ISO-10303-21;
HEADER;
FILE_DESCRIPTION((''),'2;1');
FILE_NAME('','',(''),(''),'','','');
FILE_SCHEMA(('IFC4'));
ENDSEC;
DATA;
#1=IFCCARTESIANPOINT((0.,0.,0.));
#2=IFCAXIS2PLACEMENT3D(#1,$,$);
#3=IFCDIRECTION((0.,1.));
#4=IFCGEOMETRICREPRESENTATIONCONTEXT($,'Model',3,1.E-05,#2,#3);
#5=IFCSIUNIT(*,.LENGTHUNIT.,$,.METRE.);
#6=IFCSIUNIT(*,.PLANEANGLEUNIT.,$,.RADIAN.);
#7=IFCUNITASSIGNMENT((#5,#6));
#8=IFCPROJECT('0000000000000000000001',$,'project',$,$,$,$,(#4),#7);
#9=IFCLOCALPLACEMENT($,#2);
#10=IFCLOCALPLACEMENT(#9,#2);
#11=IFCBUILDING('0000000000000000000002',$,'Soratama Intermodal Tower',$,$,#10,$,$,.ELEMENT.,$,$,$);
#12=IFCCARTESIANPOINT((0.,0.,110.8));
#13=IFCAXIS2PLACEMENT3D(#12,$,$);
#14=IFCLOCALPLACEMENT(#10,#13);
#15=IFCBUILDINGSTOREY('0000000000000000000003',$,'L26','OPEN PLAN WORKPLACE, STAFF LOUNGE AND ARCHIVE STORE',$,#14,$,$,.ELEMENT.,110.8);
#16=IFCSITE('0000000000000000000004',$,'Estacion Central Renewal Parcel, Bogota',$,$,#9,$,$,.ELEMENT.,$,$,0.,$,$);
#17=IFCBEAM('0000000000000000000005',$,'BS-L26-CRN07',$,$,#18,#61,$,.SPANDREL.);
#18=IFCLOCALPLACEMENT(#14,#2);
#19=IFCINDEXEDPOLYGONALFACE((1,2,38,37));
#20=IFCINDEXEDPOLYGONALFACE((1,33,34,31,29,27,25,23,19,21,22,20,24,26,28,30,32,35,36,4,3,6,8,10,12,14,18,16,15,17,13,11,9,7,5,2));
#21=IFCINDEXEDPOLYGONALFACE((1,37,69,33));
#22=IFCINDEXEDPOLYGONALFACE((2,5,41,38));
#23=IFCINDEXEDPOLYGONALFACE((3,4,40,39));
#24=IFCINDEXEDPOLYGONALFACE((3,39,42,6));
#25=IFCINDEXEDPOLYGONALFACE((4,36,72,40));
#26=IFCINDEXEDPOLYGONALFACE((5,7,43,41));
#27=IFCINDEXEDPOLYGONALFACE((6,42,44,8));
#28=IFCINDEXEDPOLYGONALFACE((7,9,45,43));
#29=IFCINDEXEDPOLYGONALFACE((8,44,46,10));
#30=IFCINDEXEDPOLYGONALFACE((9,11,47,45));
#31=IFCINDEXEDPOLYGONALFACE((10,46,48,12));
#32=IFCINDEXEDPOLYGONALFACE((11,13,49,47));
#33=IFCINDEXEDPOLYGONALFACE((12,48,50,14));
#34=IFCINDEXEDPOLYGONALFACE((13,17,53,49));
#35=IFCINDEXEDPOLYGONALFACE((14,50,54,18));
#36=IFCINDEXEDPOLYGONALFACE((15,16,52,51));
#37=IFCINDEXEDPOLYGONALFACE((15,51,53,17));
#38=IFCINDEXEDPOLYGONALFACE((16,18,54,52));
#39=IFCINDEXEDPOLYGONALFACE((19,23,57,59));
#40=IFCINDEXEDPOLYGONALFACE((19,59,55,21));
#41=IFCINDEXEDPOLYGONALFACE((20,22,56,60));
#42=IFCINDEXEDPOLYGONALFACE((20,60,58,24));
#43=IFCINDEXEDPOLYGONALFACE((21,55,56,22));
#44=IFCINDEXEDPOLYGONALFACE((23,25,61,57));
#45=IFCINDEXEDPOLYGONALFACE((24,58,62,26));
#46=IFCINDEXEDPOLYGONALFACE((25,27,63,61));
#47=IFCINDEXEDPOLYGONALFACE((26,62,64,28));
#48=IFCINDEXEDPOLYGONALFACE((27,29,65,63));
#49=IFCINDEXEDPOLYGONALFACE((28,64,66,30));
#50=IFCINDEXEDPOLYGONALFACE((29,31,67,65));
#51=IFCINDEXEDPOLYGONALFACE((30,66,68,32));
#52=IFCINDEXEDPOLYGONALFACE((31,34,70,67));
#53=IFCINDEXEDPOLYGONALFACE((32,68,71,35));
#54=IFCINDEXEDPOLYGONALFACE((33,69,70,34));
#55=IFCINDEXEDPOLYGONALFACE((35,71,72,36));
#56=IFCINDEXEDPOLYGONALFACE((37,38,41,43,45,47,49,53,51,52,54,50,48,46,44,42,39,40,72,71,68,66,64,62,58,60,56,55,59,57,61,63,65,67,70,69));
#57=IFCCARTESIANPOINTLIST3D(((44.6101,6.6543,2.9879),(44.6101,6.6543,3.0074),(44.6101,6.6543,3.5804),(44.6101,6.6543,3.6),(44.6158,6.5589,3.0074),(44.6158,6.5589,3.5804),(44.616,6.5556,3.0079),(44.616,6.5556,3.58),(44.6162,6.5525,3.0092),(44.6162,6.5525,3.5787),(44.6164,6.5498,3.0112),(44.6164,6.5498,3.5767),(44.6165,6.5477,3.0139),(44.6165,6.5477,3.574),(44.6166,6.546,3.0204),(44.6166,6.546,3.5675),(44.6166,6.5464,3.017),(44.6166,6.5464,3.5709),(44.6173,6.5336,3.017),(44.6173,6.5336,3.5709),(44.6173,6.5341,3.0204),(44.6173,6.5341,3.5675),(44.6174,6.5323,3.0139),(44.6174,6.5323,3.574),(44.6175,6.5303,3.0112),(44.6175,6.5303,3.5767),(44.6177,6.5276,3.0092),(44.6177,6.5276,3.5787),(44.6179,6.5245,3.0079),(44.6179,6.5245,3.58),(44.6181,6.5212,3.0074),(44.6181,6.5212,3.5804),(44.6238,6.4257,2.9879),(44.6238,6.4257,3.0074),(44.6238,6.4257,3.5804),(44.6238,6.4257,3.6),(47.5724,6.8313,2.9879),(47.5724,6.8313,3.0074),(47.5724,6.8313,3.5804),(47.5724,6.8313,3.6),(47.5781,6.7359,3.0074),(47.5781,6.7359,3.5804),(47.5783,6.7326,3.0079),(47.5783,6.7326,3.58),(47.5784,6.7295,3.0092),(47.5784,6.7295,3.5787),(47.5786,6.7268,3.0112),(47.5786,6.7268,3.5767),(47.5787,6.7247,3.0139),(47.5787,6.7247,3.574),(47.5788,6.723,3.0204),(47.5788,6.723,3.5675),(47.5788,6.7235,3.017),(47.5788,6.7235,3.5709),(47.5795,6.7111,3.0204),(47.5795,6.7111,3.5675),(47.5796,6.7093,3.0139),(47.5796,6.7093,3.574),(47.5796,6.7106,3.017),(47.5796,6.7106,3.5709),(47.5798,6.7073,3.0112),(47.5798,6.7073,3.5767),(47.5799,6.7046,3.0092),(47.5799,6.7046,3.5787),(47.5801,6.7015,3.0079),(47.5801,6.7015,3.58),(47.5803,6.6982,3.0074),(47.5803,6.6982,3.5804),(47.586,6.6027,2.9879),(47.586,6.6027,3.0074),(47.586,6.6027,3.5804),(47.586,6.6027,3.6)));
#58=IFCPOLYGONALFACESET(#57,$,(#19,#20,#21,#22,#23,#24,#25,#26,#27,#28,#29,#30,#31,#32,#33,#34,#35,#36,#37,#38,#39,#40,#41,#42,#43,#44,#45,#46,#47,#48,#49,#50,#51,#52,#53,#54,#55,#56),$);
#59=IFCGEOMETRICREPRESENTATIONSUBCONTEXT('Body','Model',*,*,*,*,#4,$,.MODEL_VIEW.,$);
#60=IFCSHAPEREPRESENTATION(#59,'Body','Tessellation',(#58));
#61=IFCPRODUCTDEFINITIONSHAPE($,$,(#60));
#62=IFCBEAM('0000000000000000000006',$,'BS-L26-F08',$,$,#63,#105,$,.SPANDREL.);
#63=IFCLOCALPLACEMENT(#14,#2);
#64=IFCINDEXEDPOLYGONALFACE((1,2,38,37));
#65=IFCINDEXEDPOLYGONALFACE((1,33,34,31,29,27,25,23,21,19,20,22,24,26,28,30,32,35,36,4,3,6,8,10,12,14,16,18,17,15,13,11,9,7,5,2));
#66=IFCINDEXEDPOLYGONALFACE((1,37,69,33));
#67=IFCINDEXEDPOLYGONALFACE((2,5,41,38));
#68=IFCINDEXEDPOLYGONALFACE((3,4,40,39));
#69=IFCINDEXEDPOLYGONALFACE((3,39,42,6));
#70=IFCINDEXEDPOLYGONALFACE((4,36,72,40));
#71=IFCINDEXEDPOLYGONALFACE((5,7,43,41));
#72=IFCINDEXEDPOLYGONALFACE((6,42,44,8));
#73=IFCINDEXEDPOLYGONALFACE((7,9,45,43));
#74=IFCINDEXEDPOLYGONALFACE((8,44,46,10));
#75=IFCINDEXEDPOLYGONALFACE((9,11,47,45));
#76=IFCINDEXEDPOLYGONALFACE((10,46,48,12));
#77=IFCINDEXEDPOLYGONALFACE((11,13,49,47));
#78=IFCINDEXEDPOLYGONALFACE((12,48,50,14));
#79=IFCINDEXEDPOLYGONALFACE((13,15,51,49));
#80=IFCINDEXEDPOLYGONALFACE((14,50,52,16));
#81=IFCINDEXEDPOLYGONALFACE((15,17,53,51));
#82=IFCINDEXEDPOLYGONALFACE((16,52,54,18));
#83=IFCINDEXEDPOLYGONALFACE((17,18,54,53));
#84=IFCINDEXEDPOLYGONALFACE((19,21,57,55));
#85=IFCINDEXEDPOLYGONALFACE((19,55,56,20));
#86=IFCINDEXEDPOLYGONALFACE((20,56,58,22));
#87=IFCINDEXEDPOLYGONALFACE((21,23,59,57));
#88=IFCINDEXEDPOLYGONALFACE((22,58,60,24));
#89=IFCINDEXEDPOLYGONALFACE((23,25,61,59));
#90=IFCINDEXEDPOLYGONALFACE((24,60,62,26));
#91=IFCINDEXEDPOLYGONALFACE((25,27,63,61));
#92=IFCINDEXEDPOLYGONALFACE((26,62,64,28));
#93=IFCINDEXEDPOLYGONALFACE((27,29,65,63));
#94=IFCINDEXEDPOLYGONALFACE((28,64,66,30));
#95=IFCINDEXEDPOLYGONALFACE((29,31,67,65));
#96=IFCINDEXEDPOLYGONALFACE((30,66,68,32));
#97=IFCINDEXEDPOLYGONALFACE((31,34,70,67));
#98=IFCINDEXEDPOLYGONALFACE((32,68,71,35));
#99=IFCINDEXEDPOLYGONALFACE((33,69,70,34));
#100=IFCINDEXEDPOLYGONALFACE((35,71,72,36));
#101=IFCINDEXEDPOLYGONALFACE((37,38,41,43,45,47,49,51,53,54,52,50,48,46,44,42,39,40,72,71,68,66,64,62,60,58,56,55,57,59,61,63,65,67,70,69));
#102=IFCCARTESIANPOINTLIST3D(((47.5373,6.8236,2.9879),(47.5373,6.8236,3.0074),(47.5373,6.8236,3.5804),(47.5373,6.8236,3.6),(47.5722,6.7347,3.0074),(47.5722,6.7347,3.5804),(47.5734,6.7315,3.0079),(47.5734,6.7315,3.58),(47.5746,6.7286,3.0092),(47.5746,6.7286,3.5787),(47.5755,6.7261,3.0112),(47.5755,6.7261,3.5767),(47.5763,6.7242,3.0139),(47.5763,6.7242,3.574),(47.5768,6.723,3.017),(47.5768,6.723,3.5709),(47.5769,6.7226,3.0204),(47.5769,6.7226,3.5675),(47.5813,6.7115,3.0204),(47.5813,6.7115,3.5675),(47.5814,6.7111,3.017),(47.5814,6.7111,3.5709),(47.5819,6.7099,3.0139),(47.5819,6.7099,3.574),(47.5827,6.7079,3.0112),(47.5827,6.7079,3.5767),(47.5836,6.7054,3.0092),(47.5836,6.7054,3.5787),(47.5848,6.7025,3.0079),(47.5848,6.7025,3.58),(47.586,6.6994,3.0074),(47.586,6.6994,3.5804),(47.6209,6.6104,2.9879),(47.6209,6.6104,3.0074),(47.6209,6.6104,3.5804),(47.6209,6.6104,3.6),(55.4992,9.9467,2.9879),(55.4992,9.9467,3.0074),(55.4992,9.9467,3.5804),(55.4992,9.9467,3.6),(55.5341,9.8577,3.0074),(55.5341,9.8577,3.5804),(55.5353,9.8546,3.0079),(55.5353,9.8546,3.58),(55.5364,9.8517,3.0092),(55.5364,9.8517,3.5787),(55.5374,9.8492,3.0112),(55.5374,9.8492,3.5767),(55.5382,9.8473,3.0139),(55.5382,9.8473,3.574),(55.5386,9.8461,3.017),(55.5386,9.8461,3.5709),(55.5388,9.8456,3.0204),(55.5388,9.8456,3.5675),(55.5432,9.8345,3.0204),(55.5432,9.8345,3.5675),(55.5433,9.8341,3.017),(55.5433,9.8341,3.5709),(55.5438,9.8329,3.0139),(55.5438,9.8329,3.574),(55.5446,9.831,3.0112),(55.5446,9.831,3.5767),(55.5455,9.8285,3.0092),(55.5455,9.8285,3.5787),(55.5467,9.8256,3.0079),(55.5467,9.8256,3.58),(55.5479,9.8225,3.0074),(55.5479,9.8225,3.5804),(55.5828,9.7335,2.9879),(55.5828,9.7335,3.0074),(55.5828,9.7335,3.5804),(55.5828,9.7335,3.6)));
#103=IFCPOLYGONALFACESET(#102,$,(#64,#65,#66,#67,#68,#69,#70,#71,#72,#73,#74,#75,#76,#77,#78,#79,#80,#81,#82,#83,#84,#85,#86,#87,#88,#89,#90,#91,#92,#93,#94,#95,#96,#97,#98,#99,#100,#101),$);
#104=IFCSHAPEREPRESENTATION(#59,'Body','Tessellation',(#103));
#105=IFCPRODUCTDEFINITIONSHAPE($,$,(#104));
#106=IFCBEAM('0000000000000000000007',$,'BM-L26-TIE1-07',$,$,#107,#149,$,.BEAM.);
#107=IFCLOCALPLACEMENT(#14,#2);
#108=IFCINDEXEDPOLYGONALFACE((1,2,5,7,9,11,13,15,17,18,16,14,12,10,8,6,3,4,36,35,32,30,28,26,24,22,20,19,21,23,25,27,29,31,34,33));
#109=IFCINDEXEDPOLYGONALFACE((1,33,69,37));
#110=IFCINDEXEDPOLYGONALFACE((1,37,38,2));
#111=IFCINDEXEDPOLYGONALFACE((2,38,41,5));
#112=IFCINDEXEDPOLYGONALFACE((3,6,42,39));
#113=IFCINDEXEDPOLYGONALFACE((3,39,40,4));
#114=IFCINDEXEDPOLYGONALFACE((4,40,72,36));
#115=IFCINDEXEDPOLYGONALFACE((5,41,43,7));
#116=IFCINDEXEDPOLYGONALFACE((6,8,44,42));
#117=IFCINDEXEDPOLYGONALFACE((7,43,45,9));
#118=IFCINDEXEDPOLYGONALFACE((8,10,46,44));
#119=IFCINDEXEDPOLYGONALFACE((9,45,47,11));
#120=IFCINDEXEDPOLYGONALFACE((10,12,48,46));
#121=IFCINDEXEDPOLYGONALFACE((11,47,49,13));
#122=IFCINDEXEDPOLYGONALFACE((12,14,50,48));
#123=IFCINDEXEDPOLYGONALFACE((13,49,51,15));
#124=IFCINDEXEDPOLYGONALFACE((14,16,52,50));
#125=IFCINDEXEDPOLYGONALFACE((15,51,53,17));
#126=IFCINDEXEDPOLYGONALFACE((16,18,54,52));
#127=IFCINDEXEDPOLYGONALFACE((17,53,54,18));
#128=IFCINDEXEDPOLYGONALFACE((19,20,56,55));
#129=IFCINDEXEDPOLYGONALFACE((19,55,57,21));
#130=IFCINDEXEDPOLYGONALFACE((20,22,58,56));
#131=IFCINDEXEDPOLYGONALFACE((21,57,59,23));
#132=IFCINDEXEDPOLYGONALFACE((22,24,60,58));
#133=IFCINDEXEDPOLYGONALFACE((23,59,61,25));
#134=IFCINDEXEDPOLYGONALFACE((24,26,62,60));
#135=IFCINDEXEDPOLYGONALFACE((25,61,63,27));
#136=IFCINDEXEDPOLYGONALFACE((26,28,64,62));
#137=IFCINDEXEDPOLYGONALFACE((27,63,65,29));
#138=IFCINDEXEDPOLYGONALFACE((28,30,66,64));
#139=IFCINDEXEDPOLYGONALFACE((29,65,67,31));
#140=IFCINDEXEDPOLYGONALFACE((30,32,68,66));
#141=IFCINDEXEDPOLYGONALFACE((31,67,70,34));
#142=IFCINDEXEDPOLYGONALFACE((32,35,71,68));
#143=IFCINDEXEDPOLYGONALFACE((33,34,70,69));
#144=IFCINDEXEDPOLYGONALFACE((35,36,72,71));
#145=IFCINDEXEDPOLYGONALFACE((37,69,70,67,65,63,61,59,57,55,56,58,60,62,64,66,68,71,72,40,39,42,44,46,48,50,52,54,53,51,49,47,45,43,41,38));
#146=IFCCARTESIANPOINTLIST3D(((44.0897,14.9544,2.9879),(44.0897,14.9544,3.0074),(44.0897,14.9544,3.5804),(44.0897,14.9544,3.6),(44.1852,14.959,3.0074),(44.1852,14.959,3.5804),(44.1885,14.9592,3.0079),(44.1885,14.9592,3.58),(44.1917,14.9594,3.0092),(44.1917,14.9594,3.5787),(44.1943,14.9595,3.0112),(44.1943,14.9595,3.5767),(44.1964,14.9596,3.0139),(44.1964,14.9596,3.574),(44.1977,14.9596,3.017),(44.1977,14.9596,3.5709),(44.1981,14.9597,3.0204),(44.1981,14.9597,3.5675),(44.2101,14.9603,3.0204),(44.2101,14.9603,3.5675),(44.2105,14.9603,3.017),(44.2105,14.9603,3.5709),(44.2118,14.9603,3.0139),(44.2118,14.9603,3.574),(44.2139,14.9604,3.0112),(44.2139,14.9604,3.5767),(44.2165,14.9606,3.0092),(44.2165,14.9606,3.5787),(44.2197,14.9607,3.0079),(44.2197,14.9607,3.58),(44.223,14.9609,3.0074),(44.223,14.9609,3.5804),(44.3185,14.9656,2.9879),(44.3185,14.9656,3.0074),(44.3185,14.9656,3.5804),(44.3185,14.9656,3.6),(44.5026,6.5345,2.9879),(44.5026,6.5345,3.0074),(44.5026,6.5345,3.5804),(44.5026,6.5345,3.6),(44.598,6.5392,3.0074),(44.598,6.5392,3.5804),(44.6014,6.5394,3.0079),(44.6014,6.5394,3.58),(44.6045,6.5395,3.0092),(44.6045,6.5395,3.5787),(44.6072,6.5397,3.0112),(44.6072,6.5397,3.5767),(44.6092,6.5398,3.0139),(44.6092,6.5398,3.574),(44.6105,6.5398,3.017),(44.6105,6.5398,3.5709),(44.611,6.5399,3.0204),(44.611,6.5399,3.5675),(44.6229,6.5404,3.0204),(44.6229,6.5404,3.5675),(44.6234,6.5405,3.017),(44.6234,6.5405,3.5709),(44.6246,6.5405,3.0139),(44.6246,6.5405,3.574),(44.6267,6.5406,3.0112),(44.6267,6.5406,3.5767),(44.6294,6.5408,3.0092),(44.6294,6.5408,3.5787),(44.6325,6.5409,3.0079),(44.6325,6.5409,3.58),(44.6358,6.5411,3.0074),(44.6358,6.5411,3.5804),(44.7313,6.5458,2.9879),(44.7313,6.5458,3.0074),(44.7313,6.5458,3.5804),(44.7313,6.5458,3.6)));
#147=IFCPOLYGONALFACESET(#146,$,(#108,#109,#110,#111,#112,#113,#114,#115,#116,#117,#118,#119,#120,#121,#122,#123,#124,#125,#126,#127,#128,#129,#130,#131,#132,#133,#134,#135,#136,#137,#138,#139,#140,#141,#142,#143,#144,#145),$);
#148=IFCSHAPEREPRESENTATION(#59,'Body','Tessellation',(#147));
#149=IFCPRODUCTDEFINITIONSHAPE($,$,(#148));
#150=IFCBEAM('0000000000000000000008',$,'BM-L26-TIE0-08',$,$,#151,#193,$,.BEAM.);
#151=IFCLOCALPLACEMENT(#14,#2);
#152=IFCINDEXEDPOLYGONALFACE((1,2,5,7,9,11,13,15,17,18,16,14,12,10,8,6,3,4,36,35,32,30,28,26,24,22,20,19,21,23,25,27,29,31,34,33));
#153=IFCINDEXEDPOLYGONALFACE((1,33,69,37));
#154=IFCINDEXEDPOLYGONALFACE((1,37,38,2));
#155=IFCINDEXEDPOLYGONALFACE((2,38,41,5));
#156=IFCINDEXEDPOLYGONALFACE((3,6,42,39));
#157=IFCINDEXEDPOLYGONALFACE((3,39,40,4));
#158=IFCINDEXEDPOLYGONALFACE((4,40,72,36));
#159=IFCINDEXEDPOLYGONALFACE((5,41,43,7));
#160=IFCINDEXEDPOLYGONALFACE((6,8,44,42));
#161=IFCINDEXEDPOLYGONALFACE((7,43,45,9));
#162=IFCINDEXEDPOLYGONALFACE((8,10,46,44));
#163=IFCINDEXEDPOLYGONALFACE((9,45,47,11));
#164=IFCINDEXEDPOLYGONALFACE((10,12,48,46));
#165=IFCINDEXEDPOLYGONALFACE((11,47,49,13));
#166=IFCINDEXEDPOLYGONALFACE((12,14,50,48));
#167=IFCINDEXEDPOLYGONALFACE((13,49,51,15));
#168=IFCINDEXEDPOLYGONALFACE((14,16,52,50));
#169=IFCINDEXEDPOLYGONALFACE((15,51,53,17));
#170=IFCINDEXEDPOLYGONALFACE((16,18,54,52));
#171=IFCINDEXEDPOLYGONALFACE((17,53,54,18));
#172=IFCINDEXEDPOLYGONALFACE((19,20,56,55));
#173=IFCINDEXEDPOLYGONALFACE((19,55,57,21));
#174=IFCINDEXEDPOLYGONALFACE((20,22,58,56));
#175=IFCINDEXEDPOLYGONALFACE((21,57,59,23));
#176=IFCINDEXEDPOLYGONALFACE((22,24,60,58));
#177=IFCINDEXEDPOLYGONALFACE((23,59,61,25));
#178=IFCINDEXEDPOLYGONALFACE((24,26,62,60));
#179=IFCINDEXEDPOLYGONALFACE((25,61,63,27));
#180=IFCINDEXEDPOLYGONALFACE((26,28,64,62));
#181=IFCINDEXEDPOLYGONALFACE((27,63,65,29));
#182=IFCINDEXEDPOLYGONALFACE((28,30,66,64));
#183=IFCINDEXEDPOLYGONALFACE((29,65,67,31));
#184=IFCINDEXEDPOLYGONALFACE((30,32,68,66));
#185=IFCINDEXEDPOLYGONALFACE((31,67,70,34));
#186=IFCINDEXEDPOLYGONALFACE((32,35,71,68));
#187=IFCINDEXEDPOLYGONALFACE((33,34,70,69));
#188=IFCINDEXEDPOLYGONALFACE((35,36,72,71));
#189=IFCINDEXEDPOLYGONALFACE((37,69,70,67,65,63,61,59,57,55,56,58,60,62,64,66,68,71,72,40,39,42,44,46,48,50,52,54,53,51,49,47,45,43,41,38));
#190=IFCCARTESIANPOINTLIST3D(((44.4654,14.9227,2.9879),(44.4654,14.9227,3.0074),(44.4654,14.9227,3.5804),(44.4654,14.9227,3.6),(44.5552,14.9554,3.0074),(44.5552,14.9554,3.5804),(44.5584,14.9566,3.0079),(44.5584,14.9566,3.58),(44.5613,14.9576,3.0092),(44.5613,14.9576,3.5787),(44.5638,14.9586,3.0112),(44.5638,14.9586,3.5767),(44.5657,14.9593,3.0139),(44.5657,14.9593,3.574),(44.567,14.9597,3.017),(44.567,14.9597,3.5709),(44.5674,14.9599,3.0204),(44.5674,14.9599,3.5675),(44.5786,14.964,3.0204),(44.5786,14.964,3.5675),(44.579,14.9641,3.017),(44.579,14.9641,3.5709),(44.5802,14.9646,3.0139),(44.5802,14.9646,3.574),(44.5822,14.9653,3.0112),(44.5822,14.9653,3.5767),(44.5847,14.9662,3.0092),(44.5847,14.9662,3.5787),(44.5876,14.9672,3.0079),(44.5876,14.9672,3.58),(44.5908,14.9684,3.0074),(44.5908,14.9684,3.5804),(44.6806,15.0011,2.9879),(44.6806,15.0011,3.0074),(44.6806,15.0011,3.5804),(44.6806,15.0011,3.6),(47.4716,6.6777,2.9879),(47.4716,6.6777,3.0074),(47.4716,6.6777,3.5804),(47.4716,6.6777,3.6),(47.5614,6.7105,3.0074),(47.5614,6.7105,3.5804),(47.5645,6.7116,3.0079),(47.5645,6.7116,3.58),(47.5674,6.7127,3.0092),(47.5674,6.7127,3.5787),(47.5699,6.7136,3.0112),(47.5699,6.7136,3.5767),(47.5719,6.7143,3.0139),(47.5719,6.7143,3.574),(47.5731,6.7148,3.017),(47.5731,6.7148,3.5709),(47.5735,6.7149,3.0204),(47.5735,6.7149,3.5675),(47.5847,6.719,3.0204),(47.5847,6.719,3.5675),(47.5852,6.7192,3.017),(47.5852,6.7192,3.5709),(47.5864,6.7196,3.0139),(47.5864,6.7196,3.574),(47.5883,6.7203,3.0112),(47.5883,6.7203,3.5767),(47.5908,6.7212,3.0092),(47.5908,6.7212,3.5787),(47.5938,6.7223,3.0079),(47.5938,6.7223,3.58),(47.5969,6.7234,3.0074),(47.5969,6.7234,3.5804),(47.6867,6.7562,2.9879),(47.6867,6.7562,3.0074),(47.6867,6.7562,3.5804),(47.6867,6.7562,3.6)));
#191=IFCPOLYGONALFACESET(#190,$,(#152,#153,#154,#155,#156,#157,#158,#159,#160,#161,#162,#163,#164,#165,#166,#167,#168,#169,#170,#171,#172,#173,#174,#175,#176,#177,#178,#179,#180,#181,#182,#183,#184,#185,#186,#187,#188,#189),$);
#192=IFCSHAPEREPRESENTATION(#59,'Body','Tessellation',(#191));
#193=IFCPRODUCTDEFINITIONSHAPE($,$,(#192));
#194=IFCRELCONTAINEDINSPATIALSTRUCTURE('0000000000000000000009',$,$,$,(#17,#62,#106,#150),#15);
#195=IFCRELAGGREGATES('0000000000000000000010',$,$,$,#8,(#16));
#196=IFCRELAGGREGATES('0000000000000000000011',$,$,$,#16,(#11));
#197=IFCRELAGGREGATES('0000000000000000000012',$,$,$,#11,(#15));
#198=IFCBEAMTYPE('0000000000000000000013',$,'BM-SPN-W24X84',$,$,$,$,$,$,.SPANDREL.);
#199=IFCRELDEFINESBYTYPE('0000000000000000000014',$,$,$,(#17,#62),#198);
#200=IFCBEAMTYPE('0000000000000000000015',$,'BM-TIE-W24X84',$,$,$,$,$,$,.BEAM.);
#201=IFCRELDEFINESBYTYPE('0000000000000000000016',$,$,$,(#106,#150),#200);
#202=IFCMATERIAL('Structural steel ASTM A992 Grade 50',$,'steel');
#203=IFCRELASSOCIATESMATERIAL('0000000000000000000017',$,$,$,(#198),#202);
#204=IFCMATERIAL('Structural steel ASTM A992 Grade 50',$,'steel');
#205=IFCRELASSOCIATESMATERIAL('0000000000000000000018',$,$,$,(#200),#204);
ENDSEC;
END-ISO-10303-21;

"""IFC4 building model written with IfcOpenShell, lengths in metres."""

from ifc_helpers import new_model, si_unit, direction, frame, origin, origin_2d, place, context, subcontext, project, spatial, i_section, extrude, material, material_profile, profile_set, type_object, element, save


model = new_model("IFC4")

# Units and contexts
model_context = context("Model", 3, precision=1e-05, world=origin(), true_north=direction((0.0, 1.0)))
body_context = subcontext(model_context, "Body", "Model", "MODEL_VIEW")
ifc_project = project(units=[si_unit("LENGTHUNIT", "METRE"), si_unit("PLANEANGLEUNIT", "RADIAN")], contexts=[model_context])

# Site, building, storey
site_placement = place(None, origin())
site = spatial("IfcSite", under=ifc_project, at=site_placement, Name="Estacion Central Renewal Parcel, Bogota", CompositionType="ELEMENT", RefElevation=0.0)
building_placement = place(site_placement, origin())
building = spatial("IfcBuilding", under=site, at=building_placement, Name="Soratama Intermodal Tower", CompositionType="ELEMENT")
storey_placement = place(building_placement, frame((0.0, 0.0, 110.8)))
storey = spatial("IfcBuildingStorey", under=building, at=storey_placement, Name="L26", Description="OPEN PLAN WORKPLACE, STAFF LOUNGE AND ARCHIVE STORE", CompositionType="ELEMENT", Elevation=110.8)

# Beams
ifc_material_1 = material(Name="Structural steel ASTM A992 Grade 50", Category="steel")
ifc_material_profile_1 = material_profile(ifc_material_1, i_section(OverallWidth=0.229, OverallDepth=0.6121, WebThickness=0.012, FlangeThickness=0.0195, FilletRadius=0.0129, at=origin_2d()), Name="W24X84")
ifc_profile_set_1 = profile_set([ifc_material_profile_1], Name="Structural steel ASTM A992 Grade 50")
beam_type_1 = type_object("IfcBeamType", Name="BM-SPN-W24X84", PredefinedType="SPANDREL", material=ifc_profile_set_1)
beam_1_placement = place(storey_placement, frame((44.6169, 6.54, 3.2939), z_axis=(0.998219, 0.059648, 0.0), x_axis=(-0.059648, 0.998219, 0.0)))
element("IfcBeam", 1, at=beam_1_placement, inside=storey, type_object=beam_type_1, Name="BS-L26-CRN07", PredefinedType="SPANDREL", context=body_context, shape_type="SweptSolid", body=[
    extrude(i_section(OverallWidth=0.229, OverallDepth=0.6121, WebThickness=0.012, FlangeThickness=0.0195, FilletRadius=0.0129, at=origin_2d()), origin(), (0.0, 0.0, 1.0), 2.9675),
])
beam_2_placement = place(storey_placement, frame((47.5791, 6.717, 3.2939), z_axis=(0.930944, 0.365161, 0.0), x_axis=(-0.365161, 0.930944, 0.0)))
element("IfcBeam", 2, at=beam_2_placement, inside=storey, type_object=beam_type_1, Name="BS-L26-F08", PredefinedType="SPANDREL", context=body_context, shape_type="SweptSolid", body=[
    extrude(i_section(OverallWidth=0.229, OverallDepth=0.6121, WebThickness=0.012, FlangeThickness=0.0195, FilletRadius=0.0129, at=origin_2d()), origin(), (0.0, 0.0, 1.0), 8.5525),
])
ifc_material_2 = material(Name="Structural steel ASTM A992 Grade 50", Category="steel")
ifc_material_profile_2 = material_profile(ifc_material_2, i_section(OverallWidth=0.229, OverallDepth=0.6121, WebThickness=0.012, FlangeThickness=0.0195, FilletRadius=0.0129, at=origin_2d()), Name="W24X84")
ifc_profile_set_2 = profile_set([ifc_material_profile_2], Name="Structural steel ASTM A992 Grade 50")
beam_type_2 = type_object("IfcBeamType", Name="BM-TIE-W24X84", PredefinedType="BEAM", material=ifc_profile_set_2)
beam_3_placement = place(storey_placement, frame((44.2041, 14.96, 3.2939), z_axis=(0.048973, -0.9988, 0.0), x_axis=(0.9988, 0.048973, 0.0)))
element("IfcBeam", 3, at=beam_3_placement, inside=storey, type_object=beam_type_2, Name="BM-L26-TIE1-07", PredefinedType="BEAM", context=body_context, shape_type="SweptSolid", body=[
    extrude(i_section(OverallWidth=0.229, OverallDepth=0.6121, WebThickness=0.012, FlangeThickness=0.0195, FilletRadius=0.0129, at=origin_2d()), origin(), (0.0, 0.0, 1.0), 8.4299),
])
beam_4_placement = place(storey_placement, frame((44.573, 14.9619, 3.2939), z_axis=(0.342545, -0.939501, 0.0), x_axis=(0.939501, 0.342545, 0.0)))
element("IfcBeam", 4, at=beam_4_placement, inside=storey, type_object=beam_type_2, Name="BM-L26-TIE0-08", PredefinedType="BEAM", context=body_context, shape_type="SweptSolid", body=[
    extrude(i_section(OverallWidth=0.229, OverallDepth=0.6121, WebThickness=0.012, FlangeThickness=0.0195, FilletRadius=0.0129, at=origin_2d()), origin(), (0.0, 0.0, 1.0), 8.7759),
])

save(model, "model.ifc")
